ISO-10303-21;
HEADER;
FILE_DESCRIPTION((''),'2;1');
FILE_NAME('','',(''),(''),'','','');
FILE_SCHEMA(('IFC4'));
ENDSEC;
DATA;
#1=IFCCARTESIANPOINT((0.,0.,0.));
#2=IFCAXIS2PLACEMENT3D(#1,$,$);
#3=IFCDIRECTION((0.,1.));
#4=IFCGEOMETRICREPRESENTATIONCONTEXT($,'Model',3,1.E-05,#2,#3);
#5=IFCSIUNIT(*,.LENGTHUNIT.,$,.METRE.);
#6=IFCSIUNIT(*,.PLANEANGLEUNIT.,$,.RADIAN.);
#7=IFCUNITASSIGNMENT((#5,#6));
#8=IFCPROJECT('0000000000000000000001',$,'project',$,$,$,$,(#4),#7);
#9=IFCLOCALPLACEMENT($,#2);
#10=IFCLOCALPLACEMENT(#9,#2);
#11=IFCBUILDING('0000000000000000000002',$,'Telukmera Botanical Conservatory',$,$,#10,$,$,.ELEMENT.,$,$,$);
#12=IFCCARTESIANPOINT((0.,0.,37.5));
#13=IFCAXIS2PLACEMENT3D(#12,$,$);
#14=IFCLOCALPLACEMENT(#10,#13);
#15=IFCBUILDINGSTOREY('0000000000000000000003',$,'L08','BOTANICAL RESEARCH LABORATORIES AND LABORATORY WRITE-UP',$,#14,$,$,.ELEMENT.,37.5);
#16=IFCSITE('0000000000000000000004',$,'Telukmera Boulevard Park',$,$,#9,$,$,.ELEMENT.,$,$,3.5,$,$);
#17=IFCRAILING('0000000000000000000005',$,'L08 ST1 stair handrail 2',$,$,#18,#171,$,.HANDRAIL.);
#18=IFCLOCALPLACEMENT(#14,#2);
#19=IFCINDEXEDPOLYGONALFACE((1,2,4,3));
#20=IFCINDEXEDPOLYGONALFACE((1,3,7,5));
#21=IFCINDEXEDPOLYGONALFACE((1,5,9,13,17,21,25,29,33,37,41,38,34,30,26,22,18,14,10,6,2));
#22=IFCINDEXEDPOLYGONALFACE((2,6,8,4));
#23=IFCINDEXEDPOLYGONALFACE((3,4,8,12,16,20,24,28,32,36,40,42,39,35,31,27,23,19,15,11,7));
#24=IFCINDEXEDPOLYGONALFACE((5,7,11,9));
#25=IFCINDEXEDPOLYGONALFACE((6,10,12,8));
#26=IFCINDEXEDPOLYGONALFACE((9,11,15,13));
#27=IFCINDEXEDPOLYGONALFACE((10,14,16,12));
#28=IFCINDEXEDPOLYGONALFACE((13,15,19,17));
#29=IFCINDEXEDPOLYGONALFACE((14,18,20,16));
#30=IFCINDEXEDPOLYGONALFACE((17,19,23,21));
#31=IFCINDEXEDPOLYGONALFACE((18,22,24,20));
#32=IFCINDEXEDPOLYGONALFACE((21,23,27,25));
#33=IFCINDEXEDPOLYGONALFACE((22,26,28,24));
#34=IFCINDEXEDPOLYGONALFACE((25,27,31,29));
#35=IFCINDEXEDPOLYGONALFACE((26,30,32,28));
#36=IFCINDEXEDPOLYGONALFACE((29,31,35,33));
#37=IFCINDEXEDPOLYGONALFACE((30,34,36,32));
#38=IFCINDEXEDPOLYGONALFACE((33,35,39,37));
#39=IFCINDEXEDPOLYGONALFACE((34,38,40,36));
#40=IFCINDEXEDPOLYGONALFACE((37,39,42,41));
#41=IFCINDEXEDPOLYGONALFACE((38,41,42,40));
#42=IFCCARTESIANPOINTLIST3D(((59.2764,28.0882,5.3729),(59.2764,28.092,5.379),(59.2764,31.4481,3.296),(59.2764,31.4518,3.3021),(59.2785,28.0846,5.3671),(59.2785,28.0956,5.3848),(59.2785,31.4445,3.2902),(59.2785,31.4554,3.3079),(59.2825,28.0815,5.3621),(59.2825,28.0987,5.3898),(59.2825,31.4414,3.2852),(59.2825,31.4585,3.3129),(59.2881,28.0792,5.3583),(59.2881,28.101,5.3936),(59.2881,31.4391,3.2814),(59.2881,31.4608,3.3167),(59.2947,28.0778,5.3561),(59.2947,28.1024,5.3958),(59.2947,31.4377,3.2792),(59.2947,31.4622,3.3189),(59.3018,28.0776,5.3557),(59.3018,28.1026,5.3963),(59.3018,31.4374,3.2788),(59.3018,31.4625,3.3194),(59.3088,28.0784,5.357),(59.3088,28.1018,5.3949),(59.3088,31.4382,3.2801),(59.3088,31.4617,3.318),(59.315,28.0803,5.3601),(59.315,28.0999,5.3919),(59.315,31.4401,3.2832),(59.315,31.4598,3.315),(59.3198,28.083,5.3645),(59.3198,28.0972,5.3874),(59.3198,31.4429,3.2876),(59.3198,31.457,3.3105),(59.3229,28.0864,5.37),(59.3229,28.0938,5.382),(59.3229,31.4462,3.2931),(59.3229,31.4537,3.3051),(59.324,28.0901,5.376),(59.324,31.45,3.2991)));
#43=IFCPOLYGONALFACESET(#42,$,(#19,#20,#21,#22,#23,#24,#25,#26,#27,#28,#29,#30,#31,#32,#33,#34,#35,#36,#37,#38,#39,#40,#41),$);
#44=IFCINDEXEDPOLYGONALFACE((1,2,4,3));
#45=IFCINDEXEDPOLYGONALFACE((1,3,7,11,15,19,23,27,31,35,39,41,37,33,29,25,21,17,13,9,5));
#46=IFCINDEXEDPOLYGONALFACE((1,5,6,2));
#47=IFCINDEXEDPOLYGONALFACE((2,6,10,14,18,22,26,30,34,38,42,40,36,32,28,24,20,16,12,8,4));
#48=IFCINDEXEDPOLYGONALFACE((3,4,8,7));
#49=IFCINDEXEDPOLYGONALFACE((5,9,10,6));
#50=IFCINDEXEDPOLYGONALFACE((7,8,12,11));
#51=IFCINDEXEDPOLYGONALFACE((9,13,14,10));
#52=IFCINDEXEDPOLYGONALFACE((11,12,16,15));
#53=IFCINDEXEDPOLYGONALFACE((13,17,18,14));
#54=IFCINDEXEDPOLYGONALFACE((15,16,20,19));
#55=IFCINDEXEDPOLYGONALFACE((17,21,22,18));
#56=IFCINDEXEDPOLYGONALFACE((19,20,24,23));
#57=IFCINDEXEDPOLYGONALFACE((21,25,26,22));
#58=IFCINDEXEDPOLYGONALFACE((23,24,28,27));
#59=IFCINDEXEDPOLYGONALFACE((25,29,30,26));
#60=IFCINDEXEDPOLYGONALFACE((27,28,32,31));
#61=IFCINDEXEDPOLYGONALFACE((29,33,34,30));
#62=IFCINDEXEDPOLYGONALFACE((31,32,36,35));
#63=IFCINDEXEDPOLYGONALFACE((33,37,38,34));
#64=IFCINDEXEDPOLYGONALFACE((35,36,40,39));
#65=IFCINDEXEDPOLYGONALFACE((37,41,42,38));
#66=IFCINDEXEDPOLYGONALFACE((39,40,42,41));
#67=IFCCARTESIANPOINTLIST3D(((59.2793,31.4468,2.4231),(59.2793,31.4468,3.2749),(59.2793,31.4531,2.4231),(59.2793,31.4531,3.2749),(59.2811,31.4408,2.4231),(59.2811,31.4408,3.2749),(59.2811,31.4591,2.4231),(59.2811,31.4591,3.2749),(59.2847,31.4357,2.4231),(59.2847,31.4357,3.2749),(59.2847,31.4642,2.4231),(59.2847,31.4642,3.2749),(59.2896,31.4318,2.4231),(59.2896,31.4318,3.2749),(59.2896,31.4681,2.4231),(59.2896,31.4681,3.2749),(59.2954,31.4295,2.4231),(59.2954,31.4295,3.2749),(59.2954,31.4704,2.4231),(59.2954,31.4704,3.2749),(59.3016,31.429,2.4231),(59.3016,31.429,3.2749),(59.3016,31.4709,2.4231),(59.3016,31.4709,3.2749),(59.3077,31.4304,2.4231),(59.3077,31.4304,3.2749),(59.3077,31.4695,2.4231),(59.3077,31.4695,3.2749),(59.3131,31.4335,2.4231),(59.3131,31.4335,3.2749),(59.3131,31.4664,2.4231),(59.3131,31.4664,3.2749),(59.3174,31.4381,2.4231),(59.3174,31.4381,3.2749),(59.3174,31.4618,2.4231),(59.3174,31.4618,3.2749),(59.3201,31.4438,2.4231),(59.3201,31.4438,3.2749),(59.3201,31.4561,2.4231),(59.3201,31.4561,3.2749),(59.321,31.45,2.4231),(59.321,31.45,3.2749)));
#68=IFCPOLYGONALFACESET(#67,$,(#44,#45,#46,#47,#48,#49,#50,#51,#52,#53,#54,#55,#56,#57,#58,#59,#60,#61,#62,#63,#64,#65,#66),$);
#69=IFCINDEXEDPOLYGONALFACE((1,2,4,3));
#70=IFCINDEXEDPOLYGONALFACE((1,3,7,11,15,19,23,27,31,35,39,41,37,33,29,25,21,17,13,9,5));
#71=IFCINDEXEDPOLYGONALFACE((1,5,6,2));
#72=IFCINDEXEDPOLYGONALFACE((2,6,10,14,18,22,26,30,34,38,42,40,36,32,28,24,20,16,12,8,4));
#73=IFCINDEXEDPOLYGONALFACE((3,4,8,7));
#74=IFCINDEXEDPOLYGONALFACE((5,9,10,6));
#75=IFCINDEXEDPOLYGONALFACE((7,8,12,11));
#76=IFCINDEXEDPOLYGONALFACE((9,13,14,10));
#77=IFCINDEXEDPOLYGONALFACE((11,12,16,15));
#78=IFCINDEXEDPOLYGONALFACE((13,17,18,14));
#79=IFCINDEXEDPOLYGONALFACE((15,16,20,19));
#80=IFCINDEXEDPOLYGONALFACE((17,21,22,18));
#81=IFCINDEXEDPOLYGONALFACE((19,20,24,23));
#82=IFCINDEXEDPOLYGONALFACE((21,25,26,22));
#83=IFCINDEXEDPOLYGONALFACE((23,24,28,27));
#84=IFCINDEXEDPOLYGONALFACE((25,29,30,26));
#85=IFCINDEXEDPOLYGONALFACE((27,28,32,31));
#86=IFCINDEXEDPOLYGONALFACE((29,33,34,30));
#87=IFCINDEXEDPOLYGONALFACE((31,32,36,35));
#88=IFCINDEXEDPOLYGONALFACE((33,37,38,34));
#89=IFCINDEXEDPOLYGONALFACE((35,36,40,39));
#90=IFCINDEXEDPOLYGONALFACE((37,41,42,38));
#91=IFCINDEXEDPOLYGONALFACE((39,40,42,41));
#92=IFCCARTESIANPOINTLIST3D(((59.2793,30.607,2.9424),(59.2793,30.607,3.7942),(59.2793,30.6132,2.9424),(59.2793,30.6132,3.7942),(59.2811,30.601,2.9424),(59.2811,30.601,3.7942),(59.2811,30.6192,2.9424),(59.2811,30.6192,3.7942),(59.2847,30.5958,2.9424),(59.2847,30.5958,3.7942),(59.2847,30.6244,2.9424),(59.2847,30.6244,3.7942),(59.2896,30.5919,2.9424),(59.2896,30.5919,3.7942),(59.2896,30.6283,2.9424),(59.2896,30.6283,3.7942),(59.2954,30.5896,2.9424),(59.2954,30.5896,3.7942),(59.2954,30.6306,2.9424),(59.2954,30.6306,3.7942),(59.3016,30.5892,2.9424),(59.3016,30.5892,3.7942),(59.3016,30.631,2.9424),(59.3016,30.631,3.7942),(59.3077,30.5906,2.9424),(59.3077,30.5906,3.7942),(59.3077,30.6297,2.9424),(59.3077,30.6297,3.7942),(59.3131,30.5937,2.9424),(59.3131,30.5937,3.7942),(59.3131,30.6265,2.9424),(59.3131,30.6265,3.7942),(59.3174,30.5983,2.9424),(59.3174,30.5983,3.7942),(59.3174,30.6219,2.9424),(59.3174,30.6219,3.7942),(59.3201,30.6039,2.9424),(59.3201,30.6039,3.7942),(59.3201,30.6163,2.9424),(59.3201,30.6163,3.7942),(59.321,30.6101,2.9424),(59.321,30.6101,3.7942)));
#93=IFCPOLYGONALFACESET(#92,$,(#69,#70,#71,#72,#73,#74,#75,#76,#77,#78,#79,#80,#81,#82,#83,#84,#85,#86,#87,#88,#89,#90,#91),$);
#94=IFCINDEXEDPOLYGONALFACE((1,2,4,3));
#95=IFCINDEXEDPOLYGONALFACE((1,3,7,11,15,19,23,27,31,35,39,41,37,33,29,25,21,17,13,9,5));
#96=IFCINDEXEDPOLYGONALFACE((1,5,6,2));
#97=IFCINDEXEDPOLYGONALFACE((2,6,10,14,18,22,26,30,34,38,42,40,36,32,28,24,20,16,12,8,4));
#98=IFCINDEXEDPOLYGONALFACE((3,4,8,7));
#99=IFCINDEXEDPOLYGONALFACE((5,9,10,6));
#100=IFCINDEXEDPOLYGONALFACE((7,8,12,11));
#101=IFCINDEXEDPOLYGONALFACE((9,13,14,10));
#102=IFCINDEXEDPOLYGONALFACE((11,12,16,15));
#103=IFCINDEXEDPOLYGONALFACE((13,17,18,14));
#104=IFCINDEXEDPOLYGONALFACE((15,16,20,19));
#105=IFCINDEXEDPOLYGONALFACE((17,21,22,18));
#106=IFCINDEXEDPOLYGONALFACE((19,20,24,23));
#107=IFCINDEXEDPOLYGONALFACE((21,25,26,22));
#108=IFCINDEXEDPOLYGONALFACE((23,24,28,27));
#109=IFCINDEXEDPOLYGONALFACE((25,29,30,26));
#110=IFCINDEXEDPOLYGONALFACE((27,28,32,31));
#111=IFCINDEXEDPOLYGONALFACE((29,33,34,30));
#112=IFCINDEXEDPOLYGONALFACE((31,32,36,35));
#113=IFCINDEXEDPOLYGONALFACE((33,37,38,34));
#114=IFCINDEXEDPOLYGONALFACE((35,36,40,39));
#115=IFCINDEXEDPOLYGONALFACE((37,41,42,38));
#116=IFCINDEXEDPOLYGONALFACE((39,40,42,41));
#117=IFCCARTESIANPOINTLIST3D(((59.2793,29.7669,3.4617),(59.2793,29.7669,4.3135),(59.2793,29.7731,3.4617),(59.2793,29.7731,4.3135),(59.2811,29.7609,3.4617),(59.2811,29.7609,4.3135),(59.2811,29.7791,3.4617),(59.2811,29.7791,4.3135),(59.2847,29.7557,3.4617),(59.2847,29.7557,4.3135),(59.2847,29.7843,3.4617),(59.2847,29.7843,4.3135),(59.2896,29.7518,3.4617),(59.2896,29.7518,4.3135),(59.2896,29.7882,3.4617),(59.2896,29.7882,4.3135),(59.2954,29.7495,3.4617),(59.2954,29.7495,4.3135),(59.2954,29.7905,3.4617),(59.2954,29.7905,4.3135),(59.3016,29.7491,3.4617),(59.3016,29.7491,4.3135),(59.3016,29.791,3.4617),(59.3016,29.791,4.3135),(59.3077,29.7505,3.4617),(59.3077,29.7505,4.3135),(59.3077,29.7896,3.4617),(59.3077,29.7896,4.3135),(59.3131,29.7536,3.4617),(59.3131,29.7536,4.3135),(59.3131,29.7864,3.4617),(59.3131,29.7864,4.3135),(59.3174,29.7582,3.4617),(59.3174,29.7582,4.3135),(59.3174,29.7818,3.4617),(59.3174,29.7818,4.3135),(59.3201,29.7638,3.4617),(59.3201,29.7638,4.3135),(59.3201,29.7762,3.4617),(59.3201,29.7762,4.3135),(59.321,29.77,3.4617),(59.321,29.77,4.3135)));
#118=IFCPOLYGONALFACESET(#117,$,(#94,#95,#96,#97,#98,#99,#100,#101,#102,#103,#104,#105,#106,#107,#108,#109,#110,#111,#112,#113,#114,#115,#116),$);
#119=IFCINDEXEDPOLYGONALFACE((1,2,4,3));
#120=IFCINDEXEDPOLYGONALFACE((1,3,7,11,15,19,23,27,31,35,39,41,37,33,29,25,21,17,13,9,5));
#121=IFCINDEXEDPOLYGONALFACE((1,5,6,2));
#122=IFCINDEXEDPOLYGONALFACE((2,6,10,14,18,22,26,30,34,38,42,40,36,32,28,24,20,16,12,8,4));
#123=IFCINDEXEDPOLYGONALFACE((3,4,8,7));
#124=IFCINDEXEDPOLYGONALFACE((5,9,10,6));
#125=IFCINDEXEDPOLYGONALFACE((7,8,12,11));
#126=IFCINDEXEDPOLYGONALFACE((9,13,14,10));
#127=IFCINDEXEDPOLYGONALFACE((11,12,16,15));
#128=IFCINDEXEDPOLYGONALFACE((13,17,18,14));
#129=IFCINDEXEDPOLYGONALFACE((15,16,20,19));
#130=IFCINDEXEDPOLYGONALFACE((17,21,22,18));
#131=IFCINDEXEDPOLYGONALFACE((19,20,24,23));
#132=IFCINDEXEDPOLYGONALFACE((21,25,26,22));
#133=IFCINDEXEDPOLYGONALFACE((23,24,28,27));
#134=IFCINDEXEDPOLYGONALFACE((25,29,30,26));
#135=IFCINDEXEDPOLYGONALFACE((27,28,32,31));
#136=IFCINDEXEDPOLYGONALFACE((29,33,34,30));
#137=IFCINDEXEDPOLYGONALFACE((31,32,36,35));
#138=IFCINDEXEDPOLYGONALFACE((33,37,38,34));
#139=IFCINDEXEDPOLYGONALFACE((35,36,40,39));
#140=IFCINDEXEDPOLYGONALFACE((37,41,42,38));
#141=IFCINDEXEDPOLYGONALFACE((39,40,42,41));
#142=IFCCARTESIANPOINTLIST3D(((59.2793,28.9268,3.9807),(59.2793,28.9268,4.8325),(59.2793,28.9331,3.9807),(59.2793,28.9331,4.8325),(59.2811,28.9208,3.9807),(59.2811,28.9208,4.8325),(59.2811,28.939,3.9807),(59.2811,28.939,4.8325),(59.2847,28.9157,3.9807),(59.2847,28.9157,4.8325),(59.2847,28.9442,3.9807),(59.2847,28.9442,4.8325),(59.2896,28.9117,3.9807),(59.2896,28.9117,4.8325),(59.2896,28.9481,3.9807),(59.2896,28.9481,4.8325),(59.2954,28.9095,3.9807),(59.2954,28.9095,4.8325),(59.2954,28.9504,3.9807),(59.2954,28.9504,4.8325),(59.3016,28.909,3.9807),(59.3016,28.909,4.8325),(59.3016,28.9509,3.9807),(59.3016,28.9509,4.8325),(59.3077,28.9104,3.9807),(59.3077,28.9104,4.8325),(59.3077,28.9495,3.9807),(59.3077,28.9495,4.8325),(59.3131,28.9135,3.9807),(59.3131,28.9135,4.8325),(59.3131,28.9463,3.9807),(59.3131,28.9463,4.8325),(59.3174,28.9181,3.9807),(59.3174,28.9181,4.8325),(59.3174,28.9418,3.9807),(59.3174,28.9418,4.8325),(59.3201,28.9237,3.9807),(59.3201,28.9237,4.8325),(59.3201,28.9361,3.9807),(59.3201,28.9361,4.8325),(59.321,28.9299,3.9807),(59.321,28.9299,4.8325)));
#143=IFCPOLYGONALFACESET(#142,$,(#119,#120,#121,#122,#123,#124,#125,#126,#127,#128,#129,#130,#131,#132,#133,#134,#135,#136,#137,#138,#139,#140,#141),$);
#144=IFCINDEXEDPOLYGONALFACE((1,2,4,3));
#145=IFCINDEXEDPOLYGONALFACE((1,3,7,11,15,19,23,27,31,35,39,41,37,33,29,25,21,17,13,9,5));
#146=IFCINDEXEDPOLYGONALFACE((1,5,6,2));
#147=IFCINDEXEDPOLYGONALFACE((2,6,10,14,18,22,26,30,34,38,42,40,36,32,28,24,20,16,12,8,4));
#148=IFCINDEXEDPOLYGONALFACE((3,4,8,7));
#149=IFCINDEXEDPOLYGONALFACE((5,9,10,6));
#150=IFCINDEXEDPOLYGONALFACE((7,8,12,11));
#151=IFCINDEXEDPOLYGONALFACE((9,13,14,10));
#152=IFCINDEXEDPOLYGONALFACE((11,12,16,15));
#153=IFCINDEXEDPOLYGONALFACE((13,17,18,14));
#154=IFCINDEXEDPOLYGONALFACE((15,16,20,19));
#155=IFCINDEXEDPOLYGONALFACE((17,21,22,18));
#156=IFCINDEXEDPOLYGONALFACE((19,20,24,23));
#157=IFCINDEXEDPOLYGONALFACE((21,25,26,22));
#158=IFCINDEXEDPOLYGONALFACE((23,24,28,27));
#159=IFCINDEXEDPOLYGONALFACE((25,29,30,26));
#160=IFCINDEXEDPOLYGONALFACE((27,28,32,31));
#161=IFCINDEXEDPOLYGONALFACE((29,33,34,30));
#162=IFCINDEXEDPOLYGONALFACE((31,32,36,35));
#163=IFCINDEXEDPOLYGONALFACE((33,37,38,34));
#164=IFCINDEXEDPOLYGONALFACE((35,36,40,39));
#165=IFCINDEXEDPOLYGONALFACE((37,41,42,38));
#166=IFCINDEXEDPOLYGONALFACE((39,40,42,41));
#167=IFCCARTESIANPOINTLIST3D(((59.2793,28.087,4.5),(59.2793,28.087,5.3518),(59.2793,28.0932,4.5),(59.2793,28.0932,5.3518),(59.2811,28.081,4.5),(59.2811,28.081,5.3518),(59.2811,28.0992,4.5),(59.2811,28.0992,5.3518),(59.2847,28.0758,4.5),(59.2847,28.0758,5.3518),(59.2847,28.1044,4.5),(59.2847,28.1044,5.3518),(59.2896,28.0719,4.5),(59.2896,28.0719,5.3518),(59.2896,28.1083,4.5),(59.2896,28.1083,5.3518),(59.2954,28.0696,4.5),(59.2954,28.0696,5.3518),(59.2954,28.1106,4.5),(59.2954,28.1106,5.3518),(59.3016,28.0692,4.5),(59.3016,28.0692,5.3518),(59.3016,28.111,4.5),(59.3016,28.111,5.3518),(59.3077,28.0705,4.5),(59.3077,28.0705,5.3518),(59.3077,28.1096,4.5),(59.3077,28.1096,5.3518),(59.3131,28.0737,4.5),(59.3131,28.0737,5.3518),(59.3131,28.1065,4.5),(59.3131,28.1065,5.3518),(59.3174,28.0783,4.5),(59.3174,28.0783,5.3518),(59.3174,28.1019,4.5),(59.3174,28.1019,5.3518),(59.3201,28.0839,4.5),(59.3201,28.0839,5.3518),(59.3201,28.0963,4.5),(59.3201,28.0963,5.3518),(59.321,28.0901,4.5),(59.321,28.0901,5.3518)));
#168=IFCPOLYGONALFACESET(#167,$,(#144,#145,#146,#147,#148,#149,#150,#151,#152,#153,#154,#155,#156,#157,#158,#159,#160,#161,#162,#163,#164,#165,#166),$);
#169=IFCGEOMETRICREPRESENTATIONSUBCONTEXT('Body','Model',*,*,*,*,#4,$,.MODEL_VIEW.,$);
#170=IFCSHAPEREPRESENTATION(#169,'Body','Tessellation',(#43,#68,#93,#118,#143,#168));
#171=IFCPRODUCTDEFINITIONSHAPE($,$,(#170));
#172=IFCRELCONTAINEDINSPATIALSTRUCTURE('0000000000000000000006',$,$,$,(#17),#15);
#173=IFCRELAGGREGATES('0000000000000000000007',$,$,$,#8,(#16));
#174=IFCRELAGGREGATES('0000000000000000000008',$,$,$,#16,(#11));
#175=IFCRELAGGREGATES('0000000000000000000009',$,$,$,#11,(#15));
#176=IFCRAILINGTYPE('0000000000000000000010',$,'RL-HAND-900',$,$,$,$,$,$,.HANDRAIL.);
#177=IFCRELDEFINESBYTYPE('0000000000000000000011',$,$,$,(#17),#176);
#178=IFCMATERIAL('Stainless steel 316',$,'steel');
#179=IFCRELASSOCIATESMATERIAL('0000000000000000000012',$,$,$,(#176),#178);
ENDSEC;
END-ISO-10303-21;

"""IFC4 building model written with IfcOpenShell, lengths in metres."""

from ifc_helpers import new_model, si_unit, direction, frame, origin, origin_2d, place, context, subcontext, project, spatial, circle, extrude, material, type_object, element, save


model = new_model("IFC4")

# Units and contexts
model_context = context("Model", 3, precision=1e-05, world=origin(), true_north=direction((0.0, 1.0)))
body_context = subcontext(model_context, "Body", "Model", "MODEL_VIEW")
ifc_project = project(units=[si_unit("LENGTHUNIT", "METRE"), si_unit("PLANEANGLEUNIT", "RADIAN")], contexts=[model_context])

# Site, building, storey
site_placement = place(None, origin())
site = spatial("IfcSite", under=ifc_project, at=site_placement, Name="Telukmera Boulevard Park", CompositionType="ELEMENT", RefElevation=3.5)
building_placement = place(site_placement, origin())
building = spatial("IfcBuilding", under=site, at=building_placement, Name="Telukmera Botanical Conservatory", CompositionType="ELEMENT")
storey_placement = place(building_placement, frame((0.0, 0.0, 37.5)))
storey = spatial("IfcBuildingStorey", under=building, at=storey_placement, Name="L08", Description="BOTANICAL RESEARCH LABORATORIES AND LABORATORY WRITE-UP", CompositionType="ELEMENT", Elevation=37.5)

# Railing
ifc_material_1 = material(Name="Stainless steel 316", Category="steel")
railing_type_1 = type_object("IfcRailingType", Name="RL-HAND-900", PredefinedType="HANDRAIL", material=ifc_material_1)
railing_1_placement = place(storey_placement, frame((59.3, 31.45, 2.4231)))
element("IfcRailing", 1, at=railing_1_placement, inside=storey, type_object=railing_type_1, Name="L08 ST1 stair handrail 2", PredefinedType="HANDRAIL", context=body_context, shape_type="SweptSolid", body=[
    extrude(circle(Radius=0.0239, at=origin_2d()), frame((0.0, 0.0, 0.876), z_axis=(0.0, -0.850606, 0.525803), x_axis=(1.0, 0.0, 0.0)), (0.0, 0.0, 1.0), 3.95),
    extrude(circle(Radius=0.021, at=origin_2d()), origin(), (0.0, 0.0, 1.0), 0.8518),
    extrude(circle(Radius=0.021, at=origin_2d()), frame((0.0, -0.8398, 0.5193)), (0.0, 0.0, 1.0), 0.8518),
    extrude(circle(Radius=0.021, at=origin_2d()), frame((0.0, -1.6799, 1.0386)), (0.0, 0.0, 1.0), 0.8518),
    extrude(circle(Radius=0.021, at=origin_2d()), frame((0.0, -2.52, 1.5576)), (0.0, 0.0, 1.0), 0.8518),
    extrude(circle(Radius=0.021, at=origin_2d()), frame((0.0, -3.3599, 2.0769)), (0.0, 0.0, 1.0), 0.8518),
])

save(model, "model.ifc")
